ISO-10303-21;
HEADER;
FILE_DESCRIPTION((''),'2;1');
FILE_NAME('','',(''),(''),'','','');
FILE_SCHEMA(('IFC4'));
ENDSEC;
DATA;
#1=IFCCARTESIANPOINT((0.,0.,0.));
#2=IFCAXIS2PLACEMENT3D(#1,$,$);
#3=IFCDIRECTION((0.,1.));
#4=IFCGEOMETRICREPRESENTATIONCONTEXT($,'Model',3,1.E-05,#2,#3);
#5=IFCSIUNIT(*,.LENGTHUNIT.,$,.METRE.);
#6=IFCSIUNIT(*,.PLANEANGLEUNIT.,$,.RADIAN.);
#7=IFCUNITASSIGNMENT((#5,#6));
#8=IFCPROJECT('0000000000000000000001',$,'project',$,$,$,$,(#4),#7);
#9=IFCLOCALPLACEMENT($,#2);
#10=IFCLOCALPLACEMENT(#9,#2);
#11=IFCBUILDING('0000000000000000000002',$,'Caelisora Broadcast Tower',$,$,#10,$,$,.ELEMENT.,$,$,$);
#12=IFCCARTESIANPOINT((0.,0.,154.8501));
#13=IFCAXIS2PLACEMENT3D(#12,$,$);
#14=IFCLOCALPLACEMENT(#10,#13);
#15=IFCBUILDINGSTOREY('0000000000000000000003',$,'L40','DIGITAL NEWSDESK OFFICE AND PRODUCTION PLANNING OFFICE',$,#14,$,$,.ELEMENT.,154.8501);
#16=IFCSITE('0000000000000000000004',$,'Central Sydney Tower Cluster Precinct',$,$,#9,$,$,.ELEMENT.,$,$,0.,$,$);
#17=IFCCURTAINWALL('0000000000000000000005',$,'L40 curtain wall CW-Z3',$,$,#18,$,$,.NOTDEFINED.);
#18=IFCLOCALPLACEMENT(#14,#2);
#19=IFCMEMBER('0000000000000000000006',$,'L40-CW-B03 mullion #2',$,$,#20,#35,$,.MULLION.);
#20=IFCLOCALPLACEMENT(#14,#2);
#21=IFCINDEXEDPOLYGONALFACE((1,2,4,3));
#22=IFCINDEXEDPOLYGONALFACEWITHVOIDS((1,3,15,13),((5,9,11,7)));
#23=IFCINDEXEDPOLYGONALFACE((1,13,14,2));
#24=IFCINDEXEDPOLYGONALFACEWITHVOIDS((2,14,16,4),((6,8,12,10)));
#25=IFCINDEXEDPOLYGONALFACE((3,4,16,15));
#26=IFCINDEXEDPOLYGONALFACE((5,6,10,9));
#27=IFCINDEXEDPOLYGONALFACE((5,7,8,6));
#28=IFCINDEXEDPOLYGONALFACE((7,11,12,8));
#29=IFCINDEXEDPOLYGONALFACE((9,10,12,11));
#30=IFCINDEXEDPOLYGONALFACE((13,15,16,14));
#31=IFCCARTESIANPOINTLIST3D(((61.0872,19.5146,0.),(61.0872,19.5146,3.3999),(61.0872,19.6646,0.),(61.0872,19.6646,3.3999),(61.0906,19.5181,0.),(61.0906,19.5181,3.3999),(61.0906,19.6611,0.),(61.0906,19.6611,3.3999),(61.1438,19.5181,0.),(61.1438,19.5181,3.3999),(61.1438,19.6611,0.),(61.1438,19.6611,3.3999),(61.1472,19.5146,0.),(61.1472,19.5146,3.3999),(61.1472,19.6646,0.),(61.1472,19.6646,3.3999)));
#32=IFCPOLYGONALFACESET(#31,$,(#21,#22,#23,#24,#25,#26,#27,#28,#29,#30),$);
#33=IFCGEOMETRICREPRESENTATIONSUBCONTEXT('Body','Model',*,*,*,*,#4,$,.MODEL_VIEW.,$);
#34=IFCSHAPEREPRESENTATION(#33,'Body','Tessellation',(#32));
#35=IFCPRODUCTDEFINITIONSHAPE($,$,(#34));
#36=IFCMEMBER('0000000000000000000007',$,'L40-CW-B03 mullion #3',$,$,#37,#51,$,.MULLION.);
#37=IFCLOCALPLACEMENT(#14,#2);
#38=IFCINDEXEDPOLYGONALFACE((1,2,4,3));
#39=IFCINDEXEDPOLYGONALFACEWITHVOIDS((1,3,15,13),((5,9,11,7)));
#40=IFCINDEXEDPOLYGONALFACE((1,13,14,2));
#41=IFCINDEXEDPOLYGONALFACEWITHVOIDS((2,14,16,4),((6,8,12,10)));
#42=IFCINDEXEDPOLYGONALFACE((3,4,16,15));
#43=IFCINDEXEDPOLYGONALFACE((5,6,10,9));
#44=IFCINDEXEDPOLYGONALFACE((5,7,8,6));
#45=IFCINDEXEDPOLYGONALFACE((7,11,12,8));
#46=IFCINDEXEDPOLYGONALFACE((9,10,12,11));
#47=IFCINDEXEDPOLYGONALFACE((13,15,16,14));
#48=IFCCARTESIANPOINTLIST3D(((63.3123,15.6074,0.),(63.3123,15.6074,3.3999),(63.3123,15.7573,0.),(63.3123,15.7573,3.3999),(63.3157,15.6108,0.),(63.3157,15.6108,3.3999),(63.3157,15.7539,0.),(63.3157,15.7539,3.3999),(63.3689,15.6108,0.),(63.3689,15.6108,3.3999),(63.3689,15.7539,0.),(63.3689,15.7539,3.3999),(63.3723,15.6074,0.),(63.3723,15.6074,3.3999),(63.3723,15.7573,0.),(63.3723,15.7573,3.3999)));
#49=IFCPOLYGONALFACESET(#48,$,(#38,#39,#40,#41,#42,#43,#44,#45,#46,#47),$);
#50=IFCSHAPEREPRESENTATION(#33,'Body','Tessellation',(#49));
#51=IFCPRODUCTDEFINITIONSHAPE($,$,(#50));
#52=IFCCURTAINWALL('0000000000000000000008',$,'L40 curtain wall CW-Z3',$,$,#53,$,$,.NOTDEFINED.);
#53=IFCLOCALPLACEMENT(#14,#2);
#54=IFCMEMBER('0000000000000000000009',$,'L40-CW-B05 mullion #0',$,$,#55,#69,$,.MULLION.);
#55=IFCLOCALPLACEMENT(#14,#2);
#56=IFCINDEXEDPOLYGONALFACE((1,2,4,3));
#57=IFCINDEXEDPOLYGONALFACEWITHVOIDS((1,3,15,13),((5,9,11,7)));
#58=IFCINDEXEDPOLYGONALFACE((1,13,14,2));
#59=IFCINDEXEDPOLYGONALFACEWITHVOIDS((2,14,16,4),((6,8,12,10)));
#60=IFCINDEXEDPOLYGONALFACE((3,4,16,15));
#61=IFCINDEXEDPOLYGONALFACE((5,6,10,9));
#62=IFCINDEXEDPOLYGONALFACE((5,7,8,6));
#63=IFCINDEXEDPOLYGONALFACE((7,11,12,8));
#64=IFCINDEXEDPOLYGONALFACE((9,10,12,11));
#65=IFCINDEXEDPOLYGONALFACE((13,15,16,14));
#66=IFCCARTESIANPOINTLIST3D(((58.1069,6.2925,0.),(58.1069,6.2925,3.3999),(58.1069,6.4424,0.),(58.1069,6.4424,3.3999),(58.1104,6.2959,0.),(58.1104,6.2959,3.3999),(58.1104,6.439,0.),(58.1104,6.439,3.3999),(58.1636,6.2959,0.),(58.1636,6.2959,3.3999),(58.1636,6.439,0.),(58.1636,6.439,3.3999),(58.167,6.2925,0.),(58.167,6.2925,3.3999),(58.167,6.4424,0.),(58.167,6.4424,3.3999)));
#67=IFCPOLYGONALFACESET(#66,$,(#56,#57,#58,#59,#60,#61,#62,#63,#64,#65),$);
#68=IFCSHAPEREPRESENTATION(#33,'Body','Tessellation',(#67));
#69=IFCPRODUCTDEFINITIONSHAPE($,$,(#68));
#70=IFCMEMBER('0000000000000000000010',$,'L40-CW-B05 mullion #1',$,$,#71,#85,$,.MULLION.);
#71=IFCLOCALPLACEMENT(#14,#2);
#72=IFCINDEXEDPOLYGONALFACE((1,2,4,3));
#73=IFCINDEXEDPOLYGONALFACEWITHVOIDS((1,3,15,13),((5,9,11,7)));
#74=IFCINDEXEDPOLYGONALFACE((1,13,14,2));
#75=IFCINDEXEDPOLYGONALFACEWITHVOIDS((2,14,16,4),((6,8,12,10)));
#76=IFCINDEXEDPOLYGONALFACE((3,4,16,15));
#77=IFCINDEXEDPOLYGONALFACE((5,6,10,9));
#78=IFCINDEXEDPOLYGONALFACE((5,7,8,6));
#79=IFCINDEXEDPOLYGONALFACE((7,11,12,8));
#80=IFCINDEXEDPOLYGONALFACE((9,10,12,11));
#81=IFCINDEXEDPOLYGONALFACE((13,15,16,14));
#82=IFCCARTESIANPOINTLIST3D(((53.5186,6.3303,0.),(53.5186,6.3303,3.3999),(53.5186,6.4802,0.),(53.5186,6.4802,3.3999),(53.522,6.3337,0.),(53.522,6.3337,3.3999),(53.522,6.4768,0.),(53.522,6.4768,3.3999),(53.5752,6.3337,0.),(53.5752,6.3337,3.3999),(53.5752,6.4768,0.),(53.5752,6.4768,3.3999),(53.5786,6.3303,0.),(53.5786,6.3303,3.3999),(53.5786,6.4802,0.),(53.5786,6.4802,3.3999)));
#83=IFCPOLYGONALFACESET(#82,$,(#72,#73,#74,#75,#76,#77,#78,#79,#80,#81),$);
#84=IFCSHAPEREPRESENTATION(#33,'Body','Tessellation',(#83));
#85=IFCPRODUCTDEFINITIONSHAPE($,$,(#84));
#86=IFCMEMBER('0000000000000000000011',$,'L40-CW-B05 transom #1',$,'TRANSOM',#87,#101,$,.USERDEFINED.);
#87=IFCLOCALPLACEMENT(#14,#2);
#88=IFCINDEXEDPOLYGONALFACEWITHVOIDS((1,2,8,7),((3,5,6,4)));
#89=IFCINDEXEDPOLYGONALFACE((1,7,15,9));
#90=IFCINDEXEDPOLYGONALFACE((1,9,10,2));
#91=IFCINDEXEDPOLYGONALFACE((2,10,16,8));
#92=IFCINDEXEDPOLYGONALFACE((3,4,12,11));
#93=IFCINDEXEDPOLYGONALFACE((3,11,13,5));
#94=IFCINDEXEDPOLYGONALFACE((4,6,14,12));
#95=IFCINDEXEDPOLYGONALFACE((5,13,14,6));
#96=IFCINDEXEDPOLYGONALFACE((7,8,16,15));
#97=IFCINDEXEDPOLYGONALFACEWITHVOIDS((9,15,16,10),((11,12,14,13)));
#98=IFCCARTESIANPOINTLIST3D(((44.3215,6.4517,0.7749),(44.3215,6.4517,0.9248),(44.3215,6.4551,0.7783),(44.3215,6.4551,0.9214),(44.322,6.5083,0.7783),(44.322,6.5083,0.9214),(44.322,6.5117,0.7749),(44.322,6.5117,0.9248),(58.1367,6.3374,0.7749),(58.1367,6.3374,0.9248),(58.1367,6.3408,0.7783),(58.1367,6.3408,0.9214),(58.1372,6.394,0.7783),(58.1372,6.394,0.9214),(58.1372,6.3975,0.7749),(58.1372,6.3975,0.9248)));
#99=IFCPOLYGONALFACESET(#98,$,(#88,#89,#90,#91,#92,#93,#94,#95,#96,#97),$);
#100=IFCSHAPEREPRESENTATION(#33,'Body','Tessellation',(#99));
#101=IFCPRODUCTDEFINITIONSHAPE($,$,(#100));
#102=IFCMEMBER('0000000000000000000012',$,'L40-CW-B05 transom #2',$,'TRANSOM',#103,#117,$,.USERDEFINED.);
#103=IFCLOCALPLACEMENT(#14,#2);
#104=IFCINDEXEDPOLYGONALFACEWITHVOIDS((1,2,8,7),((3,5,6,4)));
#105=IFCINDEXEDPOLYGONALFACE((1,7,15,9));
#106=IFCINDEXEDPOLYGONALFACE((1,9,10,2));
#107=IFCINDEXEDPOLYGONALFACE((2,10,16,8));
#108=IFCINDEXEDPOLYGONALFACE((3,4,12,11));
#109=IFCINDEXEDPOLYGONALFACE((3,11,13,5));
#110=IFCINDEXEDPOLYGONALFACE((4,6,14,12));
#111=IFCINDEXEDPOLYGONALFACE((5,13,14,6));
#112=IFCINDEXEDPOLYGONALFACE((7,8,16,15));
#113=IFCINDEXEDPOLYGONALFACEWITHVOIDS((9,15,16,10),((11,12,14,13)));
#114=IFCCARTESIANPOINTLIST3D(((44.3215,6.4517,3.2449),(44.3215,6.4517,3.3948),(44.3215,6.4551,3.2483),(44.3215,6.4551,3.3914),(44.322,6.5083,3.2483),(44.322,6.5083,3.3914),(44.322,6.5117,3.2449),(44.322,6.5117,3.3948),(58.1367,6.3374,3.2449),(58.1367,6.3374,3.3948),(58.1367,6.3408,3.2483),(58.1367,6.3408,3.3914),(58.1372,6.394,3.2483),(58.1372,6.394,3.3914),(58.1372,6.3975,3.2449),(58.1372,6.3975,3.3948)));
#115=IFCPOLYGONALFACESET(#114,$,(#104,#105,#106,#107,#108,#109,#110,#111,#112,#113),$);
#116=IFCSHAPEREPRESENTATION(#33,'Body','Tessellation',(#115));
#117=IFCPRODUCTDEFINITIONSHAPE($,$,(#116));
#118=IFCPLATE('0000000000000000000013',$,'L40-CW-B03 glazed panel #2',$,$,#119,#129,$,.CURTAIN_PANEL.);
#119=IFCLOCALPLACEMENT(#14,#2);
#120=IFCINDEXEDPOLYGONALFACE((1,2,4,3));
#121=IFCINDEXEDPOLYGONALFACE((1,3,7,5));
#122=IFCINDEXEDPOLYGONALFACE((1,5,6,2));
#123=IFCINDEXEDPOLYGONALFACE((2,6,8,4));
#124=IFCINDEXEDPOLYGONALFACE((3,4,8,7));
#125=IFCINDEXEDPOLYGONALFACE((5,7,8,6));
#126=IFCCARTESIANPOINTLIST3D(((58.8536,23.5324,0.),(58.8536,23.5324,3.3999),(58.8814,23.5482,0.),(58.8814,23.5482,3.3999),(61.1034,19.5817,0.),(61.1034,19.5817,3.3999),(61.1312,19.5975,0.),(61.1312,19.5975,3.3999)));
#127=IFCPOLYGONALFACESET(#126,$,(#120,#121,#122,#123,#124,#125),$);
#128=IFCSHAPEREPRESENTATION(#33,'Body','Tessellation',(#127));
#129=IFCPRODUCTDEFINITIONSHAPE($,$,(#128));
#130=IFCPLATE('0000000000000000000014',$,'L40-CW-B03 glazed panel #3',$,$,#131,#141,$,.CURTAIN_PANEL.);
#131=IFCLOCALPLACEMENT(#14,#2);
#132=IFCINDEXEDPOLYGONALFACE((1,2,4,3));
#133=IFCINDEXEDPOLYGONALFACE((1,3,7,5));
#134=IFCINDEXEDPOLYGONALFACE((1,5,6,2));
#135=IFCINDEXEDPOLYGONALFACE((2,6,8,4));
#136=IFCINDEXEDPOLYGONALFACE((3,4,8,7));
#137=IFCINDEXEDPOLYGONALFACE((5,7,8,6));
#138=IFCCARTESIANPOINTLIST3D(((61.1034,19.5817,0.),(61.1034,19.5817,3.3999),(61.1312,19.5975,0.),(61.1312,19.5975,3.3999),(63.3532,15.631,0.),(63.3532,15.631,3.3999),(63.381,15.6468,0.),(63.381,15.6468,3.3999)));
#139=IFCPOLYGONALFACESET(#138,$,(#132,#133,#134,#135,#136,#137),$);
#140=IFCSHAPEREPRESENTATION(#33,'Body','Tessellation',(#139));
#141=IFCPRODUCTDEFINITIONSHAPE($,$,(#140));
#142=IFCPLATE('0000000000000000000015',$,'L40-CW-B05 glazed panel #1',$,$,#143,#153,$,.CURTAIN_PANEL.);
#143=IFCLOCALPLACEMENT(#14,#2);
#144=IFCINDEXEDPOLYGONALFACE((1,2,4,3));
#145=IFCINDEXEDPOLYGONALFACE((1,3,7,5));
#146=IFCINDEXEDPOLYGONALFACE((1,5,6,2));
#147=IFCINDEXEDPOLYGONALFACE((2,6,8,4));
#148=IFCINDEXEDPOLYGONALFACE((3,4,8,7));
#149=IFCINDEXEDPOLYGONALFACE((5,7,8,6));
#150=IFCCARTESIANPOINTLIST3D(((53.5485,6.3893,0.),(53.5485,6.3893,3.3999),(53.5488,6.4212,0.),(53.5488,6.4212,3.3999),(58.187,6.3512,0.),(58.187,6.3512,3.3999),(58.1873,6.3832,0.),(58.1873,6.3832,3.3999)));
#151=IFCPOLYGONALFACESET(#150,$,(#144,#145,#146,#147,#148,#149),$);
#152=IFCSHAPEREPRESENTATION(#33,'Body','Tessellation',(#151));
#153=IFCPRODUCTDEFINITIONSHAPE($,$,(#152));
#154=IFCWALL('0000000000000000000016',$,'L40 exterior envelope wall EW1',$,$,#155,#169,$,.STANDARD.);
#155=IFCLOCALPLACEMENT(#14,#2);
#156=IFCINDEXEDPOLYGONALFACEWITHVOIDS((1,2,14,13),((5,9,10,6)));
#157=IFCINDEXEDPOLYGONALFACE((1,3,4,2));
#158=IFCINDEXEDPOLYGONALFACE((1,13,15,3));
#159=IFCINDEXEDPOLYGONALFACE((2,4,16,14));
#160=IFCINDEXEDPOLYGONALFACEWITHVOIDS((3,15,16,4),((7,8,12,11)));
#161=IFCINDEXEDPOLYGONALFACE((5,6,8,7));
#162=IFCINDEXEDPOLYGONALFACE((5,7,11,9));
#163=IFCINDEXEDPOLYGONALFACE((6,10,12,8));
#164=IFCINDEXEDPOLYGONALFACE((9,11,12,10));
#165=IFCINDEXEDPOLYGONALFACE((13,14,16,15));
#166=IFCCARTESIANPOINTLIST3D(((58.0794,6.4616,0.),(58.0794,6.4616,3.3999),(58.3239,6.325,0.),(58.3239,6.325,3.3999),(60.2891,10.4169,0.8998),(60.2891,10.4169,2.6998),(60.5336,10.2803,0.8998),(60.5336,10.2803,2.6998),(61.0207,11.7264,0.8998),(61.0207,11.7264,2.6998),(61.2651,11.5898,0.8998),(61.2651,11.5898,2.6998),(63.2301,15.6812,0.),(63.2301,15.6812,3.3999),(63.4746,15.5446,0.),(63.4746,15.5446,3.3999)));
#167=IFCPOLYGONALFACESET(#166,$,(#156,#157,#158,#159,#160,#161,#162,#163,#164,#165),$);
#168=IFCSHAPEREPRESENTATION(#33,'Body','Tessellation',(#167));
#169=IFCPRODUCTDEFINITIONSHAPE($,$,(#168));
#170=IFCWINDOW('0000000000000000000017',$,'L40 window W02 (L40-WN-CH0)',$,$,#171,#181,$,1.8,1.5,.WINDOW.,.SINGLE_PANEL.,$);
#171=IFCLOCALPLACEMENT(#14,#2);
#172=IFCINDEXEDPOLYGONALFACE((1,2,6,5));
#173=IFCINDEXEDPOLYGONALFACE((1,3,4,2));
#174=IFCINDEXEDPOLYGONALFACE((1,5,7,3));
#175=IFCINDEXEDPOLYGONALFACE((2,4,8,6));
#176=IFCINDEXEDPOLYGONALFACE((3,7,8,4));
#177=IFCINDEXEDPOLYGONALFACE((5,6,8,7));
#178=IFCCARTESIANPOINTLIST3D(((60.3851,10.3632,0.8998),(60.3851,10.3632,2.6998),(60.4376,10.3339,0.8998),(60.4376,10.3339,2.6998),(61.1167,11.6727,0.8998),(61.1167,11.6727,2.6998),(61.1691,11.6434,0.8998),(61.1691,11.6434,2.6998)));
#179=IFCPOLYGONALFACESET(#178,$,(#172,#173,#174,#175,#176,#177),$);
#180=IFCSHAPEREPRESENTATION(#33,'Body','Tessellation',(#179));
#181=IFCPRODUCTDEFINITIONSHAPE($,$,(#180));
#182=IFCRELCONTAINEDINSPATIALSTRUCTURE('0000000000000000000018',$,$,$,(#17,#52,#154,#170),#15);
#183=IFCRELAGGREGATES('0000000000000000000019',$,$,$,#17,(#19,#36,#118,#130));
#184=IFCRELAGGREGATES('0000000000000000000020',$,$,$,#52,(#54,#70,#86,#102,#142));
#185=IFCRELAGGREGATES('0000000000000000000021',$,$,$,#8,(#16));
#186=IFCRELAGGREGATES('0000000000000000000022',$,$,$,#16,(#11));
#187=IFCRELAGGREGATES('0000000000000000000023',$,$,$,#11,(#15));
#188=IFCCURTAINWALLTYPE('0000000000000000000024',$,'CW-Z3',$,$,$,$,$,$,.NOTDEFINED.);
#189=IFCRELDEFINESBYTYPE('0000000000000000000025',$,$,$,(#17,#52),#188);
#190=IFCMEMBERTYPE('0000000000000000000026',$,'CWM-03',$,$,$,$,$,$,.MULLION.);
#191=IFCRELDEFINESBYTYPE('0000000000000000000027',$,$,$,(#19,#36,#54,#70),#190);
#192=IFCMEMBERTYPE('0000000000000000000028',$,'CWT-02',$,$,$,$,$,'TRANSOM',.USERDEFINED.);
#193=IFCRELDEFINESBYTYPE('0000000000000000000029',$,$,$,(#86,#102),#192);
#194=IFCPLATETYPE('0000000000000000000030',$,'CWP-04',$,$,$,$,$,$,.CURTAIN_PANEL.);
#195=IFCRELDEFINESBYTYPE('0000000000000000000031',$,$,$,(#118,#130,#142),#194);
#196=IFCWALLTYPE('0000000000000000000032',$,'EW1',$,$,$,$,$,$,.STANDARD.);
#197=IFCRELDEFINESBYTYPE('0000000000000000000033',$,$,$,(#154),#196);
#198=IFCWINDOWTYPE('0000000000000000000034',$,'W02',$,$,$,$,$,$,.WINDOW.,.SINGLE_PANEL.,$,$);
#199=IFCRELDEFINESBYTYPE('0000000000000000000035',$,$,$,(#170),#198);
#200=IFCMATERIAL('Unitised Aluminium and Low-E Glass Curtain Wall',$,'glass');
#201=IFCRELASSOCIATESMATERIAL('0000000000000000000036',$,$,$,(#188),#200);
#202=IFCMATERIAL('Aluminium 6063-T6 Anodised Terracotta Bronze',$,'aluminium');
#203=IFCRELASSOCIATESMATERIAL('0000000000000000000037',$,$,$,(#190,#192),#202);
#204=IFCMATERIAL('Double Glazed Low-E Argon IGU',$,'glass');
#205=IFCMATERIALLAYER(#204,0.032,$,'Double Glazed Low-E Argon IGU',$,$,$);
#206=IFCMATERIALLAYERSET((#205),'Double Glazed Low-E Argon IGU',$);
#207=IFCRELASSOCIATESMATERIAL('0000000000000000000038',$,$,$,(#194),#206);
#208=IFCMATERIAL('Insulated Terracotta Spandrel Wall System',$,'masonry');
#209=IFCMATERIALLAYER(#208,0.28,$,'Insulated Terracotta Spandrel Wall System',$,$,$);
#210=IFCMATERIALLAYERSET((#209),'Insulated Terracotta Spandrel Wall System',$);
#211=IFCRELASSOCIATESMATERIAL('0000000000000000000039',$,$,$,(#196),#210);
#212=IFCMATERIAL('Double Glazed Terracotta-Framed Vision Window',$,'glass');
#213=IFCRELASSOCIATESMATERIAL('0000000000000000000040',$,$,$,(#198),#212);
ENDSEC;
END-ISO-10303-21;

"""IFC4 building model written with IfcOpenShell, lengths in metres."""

from ifc_helpers import new_model, si_unit, direction, frame, frame_2d, origin, origin_2d, place, context, subcontext, project, spatial, rectangle, hollow_rectangle, extrude, source, transform, mapped, material, layer, layer_set, material_profile, profile_set, type_object, type_shapes, element, fill, aggregate, save


model = new_model("IFC4")

# Units and contexts
model_context = context("Model", 3, precision=1e-05, world=origin(), true_north=direction((0.0, 1.0)))
body_context = subcontext(model_context, "Body", "Model", "MODEL_VIEW")
ifc_project = project(units=[si_unit("LENGTHUNIT", "METRE"), si_unit("PLANEANGLEUNIT", "RADIAN")], contexts=[model_context])

# Site, building, storey
site_placement = place(None, origin())
site = spatial("IfcSite", under=ifc_project, at=site_placement, Name="Central Sydney Tower Cluster Precinct", CompositionType="ELEMENT", RefElevation=0.0)
building_placement = place(site_placement, origin())
building = spatial("IfcBuilding", under=site, at=building_placement, Name="Caelisora Broadcast Tower", CompositionType="ELEMENT")
storey_placement = place(building_placement, frame((0.0, 0.0, 154.8501)))
storey = spatial("IfcBuildingStorey", under=building, at=storey_placement, Name="L40", Description="DIGITAL NEWSDESK OFFICE AND PRODUCTION PLANNING OFFICE", CompositionType="ELEMENT", Elevation=154.8501)

# Curtain walls, members
ifc_material_1 = material(Name="Unitised Aluminium and Low-E Glass Curtain Wall", Category="glass")
curtain_wall_type = type_object("IfcCurtainWallType", Name="CW-Z3", PredefinedType="NOTDEFINED", material=ifc_material_1)
curtain_wall_1_placement = place(storey_placement, origin())
curtain_wall_1 = element("IfcCurtainWall", 1, at=curtain_wall_1_placement, inside=storey, type_object=curtain_wall_type, Name="L40 curtain wall CW-Z3", PredefinedType="NOTDEFINED")
ifc_material_2 = material(Name="Aluminium 6063-T6 Anodised Terracotta Bronze", Category="aluminium")
ifc_material_profile_1 = material_profile(ifc_material_2, hollow_rectangle(XDim=0.0601, YDim=0.1499, WallThickness=0.0034, at=origin_2d()), Name="Aluminium 6063-T6 Anodised Terracotta Bronze")
ifc_profile_set_1 = profile_set([ifc_material_profile_1], Name="Aluminium 6063-T6 Anodised Terracotta Bronze")
member_type_1 = type_object("IfcMemberType", Name="CWM-03", PredefinedType="MULLION", material=ifc_profile_set_1)
shared_shape_1 = source(origin(), body_context, "Body", "SweptSolid", [
    extrude(hollow_rectangle(XDim=0.0601, YDim=0.1499, WallThickness=0.0034, at=origin_2d()), origin(), (0.0, 0.0, 1.0), 3.3999),
])
type_shapes(member_type_1, [shared_shape_1])
member_1_placement = place(storey_placement, frame((61.1172, 19.5896, 0.0), z_axis=(0.0, 0.0, 1.0), x_axis=(1.0, 0.0, 0.0)))
member_1 = element("IfcMember", 2, at=member_1_placement, type_object=member_type_1, Name="L40-CW-B03 mullion #2", PredefinedType="MULLION", context=body_context, shape_type="MappedRepresentation", body=[
    mapped(shared_shape_1, transform((0.0, 0.0, 0.0), scale=1.0)),
])
member_2_placement = place(storey_placement, frame((63.3423, 15.6824, 0.0), z_axis=(0.0, 0.0, 1.0), x_axis=(1.0, 0.0, 0.0)))
member_2 = element("IfcMember", 3, at=member_2_placement, type_object=member_type_1, Name="L40-CW-B03 mullion #3", PredefinedType="MULLION", context=body_context, shape_type="MappedRepresentation", body=[
    mapped(shared_shape_1, transform((0.0, 0.0, 0.0), scale=1.0)),
])
curtain_wall_2_placement = place(storey_placement, origin())
curtain_wall_2 = element("IfcCurtainWall", 4, at=curtain_wall_2_placement, inside=storey, type_object=curtain_wall_type, Name="L40 curtain wall CW-Z3", PredefinedType="NOTDEFINED")
member_3_placement = place(storey_placement, frame((58.137, 6.3674, 0.0), z_axis=(0.0, 0.0, 1.0), x_axis=(1.0, 0.0, 0.0)))
member_3 = element("IfcMember", 5, at=member_3_placement, type_object=member_type_1, Name="L40-CW-B05 mullion #0", PredefinedType="MULLION", context=body_context, shape_type="MappedRepresentation", body=[
    mapped(shared_shape_1, transform((0.0, 0.0, 0.0), scale=1.0)),
])
member_4_placement = place(storey_placement, frame((53.5486, 6.4053, 0.0), z_axis=(0.0, 0.0, 1.0), x_axis=(1.0, 0.0, 0.0)))
member_4 = element("IfcMember", 6, at=member_4_placement, type_object=member_type_1, Name="L40-CW-B05 mullion #1", PredefinedType="MULLION", context=body_context, shape_type="MappedRepresentation", body=[
    mapped(shared_shape_1, transform((0.0, 0.0, 0.0), scale=1.0)),
])
ifc_material_profile_2 = material_profile(ifc_material_2, hollow_rectangle(XDim=0.0601, YDim=0.1499, WallThickness=0.0034, at=origin_2d()), Name="Aluminium 6063-T6 Anodised Terracotta Bronze")
ifc_profile_set_2 = profile_set([ifc_material_profile_2], Name="Aluminium 6063-T6 Anodised Terracotta Bronze")
member_type_2 = type_object("IfcMemberType", Name="CWT-02", ElementType="TRANSOM", PredefinedType="USERDEFINED", material=ifc_profile_set_2)
shared_shape_2 = source(origin(), body_context, "Body", "SweptSolid", [
    extrude(hollow_rectangle(XDim=0.0601, YDim=0.1499, WallThickness=0.0034, at=origin_2d()), origin(), (0.0, 0.0, 1.0), 13.8157),
])
type_shapes(member_type_2, [shared_shape_2])
member_5_placement = place(storey_placement, frame((58.137, 6.3674, 0.8499), z_axis=(-0.999966, 0.00827, 0.0), x_axis=(-0.00827, -0.999966, 0.0)))
member_5 = element("IfcMember", 7, at=member_5_placement, type_object=member_type_2, Name="L40-CW-B05 transom #1", ObjectType="TRANSOM", PredefinedType="USERDEFINED", context=body_context, shape_type="MappedRepresentation", body=[
    mapped(shared_shape_2, transform((0.0, 0.0, 0.0), scale=1.0)),
])
member_6_placement = place(storey_placement, frame((58.137, 6.3674, 3.3198), z_axis=(-0.999966, 0.00827, 0.0), x_axis=(-0.00827, -0.999966, 0.0)))
member_6 = element("IfcMember", 8, at=member_6_placement, type_object=member_type_2, Name="L40-CW-B05 transom #2", ObjectType="TRANSOM", PredefinedType="USERDEFINED", context=body_context, shape_type="MappedRepresentation", body=[
    mapped(shared_shape_2, transform((0.0, 0.0, 0.0), scale=1.0)),
])

# Plates
ifc_material_3 = material(Name="Double Glazed Low-E Argon IGU", Category="glass")
ifc_layer_1 = layer(ifc_material_3, 0.032, Name="Double Glazed Low-E Argon IGU")
ifc_layer_set_1 = layer_set([ifc_layer_1], Name="Double Glazed Low-E Argon IGU")
plate_type = type_object("IfcPlateType", Name="CWP-04", PredefinedType="CURTAIN_PANEL", material=ifc_layer_set_1)
shared_shape_3 = source(origin(), body_context, "Body", "SweptSolid", [
    extrude(rectangle(XDim=4.5464, YDim=0.032, at=origin_2d()), origin(), (0.0, 0.0, 1.0), 3.3999),
])
plate_1_placement = place(storey_placement, frame((59.9924, 21.5649, 0.0), z_axis=(0.0, 0.0, 1.0), x_axis=(0.494852, -0.868977, 0.0)))
plate_1 = element("IfcPlate", 9, at=plate_1_placement, type_object=plate_type, Name="L40-CW-B03 glazed panel #2", PredefinedType="CURTAIN_PANEL", context=body_context, shape_type="MappedRepresentation", body=[
    mapped(shared_shape_3, transform((0.0, 0.0, 0.0), scale=1.0)),
])
plate_2_placement = place(storey_placement, frame((62.2422, 17.6143, 0.0), z_axis=(0.0, 0.0, 1.0), x_axis=(0.494852, -0.868977, 0.0)))
plate_2 = element("IfcPlate", 10, at=plate_2_placement, type_object=plate_type, Name="L40-CW-B03 glazed panel #3", PredefinedType="CURTAIN_PANEL", context=body_context, shape_type="MappedRepresentation", body=[
    mapped(shared_shape_3, transform((0.0, 0.0, 0.0), scale=1.0)),
])
aggregate(curtain_wall_1, [member_1, member_2, plate_1, plate_2])
shared_shape_4 = source(origin(), body_context, "Body", "SweptSolid", [
    extrude(rectangle(XDim=4.6387, YDim=0.032, at=origin_2d()), origin(), (0.0, 0.0, 1.0), 3.3999),
])
type_shapes(plate_type, [shared_shape_3, shared_shape_4])
plate_3_placement = place(storey_placement, frame((55.8679, 6.3862, 0.0), z_axis=(0.0, 0.0, 1.0), x_axis=(-0.999966, 0.008203, 0.0)))
plate_3 = element("IfcPlate", 11, at=plate_3_placement, type_object=plate_type, Name="L40-CW-B05 glazed panel #1", PredefinedType="CURTAIN_PANEL", context=body_context, shape_type="MappedRepresentation", body=[
    mapped(shared_shape_4, transform((0.0, 0.0, 0.0), scale=1.0)),
])
aggregate(curtain_wall_2, [member_3, member_4, member_5, member_6, plate_3])

# Wall, opening, window
ifc_material_4 = material(Name="Insulated Terracotta Spandrel Wall System", Category="masonry")
ifc_layer_2 = layer(ifc_material_4, 0.28, Name="Insulated Terracotta Spandrel Wall System")
ifc_layer_set_2 = layer_set([ifc_layer_2], Name="Insulated Terracotta Spandrel Wall System")
wall_type_1 = type_object("IfcWallType", Name="EW1", PredefinedType="STANDARD", material=ifc_layer_set_2)
wall_1_placement = place(storey_placement, frame((63.3523, 15.6128, 0.0), z_axis=(0.0, 0.0, 1.0), x_axis=(-0.487718, -0.873001, 0.0)))
wall_1 = element("IfcWall", 12, at=wall_1_placement, inside=storey, type_object=wall_type_1, Name="L40 exterior envelope wall EW1", PredefinedType="STANDARD", context=body_context, shape_type="SweptSolid", body=[
    extrude(rectangle(XDim=10.5608, YDim=0.28, at=frame_2d((5.2803, 0.0))), origin(), (0.0, 0.0, 1.0), 3.3999),
])
opening_1_placement = place(wall_1_placement, frame((4.53, 0.0, 0.8999)))
opening_1 = element("IfcOpeningElement", 13, at=opening_1_placement, cuts=wall_1, PredefinedType="OPENING", context=body_context, shape_type="SweptSolid", body=[
    extrude(rectangle(XDim=1.5, YDim=1.8, at=frame_2d((0.75, 0.8999))), frame((0.0, 0.1521, 0.0), z_axis=(0.0, -1.0, 0.0), x_axis=(1.0, 0.0, 0.0)), (0.0, 0.0, 1.0), 0.304),
])
ifc_material_5 = material(Name="Double Glazed Terracotta-Framed Vision Window", Category="glass")
window_type = type_object("IfcWindowType", Name="W02", PartitioningType="SINGLE_PANEL", PredefinedType="WINDOW", material=ifc_material_5)
window_placement = place(opening_1_placement, origin())
window = element("IfcWindow", 14, at=window_placement, inside=storey, type_object=window_type, Name="L40 window W02 (L40-WN-CH0)", OverallHeight=1.8, OverallWidth=1.5, PartitioningType="SINGLE_PANEL", PredefinedType="WINDOW", context=body_context, shape_type="SweptSolid", body=[
    extrude(rectangle(XDim=1.5, YDim=1.8, at=frame_2d((0.75, 0.8999))), frame((0.0, 0.03, 0.0), z_axis=(0.0, -1.0, 0.0), x_axis=(1.0, 0.0, 0.0)), (0.0, 0.0, 1.0), 0.0601),
])
fill(opening_1, window)

save(model, "model.ifc")
